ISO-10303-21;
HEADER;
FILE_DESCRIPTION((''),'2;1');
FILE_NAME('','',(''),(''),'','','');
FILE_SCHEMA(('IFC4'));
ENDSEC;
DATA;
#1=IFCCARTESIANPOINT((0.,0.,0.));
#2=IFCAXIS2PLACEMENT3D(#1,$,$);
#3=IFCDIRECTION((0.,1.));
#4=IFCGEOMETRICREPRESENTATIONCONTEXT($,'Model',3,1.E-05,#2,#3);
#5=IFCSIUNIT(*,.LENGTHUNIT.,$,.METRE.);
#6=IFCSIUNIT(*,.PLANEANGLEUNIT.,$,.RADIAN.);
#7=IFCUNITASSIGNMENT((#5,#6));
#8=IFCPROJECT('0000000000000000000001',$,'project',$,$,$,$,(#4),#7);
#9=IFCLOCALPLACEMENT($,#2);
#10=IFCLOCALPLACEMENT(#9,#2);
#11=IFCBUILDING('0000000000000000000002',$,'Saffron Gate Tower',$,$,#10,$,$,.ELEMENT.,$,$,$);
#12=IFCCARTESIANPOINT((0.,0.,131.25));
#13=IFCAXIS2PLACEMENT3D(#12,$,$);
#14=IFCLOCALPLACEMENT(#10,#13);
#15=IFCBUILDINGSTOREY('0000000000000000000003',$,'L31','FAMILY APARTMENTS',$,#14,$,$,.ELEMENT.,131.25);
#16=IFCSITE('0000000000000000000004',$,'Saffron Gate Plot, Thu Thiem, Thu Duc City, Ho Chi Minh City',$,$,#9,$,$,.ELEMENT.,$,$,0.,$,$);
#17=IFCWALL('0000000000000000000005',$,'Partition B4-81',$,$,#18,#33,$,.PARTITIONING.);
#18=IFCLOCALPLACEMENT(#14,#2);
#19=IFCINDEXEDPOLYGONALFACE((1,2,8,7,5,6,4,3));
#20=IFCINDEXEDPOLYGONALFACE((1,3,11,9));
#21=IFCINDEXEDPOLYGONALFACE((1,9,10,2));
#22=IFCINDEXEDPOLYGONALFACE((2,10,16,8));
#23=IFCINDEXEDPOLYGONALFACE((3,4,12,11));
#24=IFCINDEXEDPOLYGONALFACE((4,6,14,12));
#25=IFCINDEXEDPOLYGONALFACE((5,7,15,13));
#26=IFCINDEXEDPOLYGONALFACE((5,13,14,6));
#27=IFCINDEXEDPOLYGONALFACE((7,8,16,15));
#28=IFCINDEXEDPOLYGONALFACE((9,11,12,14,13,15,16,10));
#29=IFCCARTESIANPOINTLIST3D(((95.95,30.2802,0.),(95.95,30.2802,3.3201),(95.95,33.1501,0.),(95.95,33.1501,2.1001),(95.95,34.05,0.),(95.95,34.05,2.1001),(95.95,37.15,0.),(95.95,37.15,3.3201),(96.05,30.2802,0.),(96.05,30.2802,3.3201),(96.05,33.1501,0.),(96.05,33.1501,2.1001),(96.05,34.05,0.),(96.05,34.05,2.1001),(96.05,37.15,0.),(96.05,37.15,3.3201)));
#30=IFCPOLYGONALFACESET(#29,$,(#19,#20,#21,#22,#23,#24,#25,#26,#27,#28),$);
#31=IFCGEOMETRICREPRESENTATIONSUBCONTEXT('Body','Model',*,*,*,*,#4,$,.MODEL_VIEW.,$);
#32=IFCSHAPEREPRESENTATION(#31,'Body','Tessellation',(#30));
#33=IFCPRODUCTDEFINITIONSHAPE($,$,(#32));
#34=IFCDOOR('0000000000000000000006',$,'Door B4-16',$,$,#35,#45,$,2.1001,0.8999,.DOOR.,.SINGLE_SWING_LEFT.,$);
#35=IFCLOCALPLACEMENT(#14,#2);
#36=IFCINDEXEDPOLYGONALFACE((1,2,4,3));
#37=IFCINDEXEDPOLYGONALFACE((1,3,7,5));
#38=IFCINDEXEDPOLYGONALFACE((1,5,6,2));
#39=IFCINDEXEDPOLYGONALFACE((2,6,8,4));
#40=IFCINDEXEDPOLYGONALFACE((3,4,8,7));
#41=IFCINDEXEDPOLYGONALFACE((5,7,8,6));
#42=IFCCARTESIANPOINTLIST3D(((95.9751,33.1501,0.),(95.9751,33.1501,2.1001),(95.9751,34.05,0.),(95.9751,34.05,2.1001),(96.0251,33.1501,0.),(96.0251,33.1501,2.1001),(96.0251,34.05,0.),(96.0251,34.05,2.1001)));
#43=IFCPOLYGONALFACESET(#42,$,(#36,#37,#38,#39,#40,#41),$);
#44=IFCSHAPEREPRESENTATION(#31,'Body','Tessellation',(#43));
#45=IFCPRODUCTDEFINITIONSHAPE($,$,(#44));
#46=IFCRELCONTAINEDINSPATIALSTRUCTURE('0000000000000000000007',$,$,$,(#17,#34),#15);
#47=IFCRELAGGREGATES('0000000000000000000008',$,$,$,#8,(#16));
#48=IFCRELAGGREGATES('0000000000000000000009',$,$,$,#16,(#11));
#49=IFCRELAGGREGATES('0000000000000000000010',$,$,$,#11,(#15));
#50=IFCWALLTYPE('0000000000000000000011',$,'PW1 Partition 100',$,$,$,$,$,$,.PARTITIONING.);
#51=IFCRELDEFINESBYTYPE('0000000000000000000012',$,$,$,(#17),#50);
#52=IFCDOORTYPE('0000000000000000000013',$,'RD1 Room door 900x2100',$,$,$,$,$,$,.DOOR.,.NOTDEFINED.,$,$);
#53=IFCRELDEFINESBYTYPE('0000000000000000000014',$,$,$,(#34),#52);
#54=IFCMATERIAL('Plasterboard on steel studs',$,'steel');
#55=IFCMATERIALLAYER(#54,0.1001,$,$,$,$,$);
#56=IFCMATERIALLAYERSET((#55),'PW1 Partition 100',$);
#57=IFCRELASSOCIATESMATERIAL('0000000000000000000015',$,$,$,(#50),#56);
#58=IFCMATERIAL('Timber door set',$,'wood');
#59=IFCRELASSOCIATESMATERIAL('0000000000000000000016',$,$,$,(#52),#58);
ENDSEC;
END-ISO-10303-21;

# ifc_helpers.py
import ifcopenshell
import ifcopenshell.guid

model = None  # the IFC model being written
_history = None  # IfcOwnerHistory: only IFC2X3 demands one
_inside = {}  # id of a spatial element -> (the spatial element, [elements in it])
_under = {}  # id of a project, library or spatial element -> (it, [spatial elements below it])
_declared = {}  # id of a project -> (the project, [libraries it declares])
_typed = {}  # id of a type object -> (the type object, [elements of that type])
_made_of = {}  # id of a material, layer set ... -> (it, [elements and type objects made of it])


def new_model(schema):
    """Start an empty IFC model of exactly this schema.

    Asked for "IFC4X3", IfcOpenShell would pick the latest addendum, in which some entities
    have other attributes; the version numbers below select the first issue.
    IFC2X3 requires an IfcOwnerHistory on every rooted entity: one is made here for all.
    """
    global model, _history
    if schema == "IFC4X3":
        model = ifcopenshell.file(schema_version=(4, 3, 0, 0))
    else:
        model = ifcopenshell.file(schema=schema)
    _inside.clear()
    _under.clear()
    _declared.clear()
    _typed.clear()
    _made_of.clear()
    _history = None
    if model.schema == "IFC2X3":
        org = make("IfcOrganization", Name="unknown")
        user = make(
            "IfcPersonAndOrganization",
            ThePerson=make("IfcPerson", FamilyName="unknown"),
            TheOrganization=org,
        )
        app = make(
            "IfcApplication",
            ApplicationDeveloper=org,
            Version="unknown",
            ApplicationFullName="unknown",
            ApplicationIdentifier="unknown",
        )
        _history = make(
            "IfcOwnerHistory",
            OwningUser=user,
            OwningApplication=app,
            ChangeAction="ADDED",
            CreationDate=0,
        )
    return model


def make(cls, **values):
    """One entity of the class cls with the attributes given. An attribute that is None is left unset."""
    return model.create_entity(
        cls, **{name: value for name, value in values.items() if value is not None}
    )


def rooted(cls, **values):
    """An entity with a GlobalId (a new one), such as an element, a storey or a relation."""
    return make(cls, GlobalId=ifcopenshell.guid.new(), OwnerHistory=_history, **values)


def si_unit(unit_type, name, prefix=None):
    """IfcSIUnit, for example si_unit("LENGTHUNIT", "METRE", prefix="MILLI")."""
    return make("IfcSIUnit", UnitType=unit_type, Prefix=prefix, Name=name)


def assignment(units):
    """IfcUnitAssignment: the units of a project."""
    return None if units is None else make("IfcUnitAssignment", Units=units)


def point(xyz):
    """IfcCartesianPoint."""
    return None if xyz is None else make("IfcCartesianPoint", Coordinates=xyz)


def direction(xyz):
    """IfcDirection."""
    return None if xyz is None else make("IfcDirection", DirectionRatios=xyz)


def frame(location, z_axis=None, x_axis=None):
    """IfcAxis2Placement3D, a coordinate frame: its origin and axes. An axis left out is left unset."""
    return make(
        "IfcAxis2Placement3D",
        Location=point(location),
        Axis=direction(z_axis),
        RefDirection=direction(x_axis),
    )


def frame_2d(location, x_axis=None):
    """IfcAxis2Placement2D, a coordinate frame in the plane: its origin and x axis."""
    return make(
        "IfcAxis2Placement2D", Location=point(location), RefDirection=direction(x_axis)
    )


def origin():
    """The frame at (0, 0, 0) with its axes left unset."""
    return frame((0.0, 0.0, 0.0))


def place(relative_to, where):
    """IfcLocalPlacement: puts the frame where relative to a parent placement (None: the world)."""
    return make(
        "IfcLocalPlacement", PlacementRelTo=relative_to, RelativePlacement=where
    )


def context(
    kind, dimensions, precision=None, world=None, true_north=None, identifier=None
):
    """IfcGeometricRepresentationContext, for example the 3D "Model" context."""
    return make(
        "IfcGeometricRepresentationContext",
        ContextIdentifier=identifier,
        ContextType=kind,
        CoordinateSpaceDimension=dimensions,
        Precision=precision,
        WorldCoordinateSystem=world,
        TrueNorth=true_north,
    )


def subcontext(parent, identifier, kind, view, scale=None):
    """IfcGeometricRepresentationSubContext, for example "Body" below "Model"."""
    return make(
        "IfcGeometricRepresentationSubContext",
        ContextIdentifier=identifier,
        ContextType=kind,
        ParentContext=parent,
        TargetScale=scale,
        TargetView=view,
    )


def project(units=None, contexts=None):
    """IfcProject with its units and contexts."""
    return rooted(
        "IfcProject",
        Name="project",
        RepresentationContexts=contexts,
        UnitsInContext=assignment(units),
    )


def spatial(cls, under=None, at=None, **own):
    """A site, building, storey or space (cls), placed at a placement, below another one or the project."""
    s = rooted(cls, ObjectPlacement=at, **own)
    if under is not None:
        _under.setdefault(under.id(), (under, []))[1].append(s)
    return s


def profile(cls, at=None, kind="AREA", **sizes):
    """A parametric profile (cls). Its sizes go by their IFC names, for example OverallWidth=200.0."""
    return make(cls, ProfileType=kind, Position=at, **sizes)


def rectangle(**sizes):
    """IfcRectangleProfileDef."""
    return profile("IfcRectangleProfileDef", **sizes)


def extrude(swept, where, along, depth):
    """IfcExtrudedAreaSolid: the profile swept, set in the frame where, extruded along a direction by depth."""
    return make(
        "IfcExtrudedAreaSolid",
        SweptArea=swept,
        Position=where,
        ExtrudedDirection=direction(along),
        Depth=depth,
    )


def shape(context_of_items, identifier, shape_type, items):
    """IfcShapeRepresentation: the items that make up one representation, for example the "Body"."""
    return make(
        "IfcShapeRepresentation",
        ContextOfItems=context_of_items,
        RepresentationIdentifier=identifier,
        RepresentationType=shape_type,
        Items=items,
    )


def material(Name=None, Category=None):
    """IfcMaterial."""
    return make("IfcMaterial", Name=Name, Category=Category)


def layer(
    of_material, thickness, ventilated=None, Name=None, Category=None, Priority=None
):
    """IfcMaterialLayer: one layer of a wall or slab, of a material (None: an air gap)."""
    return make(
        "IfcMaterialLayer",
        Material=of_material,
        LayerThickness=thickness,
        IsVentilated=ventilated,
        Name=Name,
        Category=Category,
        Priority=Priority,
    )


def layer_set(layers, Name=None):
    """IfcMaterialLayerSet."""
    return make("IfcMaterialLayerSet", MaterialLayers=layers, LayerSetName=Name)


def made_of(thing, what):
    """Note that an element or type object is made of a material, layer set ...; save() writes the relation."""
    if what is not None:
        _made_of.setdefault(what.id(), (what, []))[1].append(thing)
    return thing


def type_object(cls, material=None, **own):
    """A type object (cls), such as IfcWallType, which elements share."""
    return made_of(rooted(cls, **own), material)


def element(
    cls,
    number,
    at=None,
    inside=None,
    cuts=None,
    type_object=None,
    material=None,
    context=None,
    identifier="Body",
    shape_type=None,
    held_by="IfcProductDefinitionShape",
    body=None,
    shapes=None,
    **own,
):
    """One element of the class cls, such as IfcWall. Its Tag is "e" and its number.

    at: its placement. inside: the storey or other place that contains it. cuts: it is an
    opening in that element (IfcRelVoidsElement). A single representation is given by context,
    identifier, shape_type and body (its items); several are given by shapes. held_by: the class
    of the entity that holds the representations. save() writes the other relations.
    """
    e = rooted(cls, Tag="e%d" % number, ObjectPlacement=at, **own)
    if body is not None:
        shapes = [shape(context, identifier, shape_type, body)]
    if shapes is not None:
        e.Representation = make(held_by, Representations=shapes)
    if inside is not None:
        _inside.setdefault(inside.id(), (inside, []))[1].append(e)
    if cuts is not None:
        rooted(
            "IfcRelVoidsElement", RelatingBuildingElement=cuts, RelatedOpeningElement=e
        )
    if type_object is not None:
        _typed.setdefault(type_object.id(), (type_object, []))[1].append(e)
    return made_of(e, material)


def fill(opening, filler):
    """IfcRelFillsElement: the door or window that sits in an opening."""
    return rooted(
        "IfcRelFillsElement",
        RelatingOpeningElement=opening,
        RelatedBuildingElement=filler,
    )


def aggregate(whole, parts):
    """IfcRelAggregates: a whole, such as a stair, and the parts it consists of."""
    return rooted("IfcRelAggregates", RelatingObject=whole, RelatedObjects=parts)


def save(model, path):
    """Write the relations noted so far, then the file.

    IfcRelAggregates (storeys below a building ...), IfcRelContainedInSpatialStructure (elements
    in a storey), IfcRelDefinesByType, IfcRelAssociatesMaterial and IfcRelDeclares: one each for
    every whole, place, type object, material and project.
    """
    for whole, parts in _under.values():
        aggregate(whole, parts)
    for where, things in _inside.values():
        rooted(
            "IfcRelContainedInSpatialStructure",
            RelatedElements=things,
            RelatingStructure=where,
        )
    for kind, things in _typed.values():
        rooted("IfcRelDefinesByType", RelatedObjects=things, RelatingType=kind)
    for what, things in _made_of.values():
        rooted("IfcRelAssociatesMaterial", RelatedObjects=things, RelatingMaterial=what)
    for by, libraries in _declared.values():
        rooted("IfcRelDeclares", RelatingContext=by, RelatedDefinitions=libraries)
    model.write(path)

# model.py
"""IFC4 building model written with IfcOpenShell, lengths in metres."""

from ifc_helpers import new_model, si_unit, direction, frame, frame_2d, origin, place, context, subcontext, project, spatial, rectangle, extrude, material, layer, layer_set, type_object, element, fill, save


model = new_model("IFC4")

# Units and contexts
model_context = context("Model", 3, precision=1e-05, world=origin(), true_north=direction((0.0, 1.0)))
body_context = subcontext(model_context, "Body", "Model", "MODEL_VIEW")
ifc_project = project(units=[si_unit("LENGTHUNIT", "METRE"), si_unit("PLANEANGLEUNIT", "RADIAN")], contexts=[model_context])

# Site, building, storey
site_placement = place(None, origin())
site = spatial("IfcSite", under=ifc_project, at=site_placement, Name="Saffron Gate Plot, Thu Thiem, Thu Duc City, Ho Chi Minh City", CompositionType="ELEMENT", RefElevation=0.0)
building_placement = place(site_placement, origin())
building = spatial("IfcBuilding", under=site, at=building_placement, Name="Saffron Gate Tower", CompositionType="ELEMENT")
storey_placement = place(building_placement, frame((0.0, 0.0, 131.25)))
storey = spatial("IfcBuildingStorey", under=building, at=storey_placement, Name="L31", Description="FAMILY APARTMENTS", CompositionType="ELEMENT", Elevation=131.25)

# Shared definitions
ifc_material_1 = material(Name="Plasterboard on steel studs", Category="steel")
ifc_layer = layer(ifc_material_1, 0.1001)
ifc_layer_set = layer_set([ifc_layer], Name="PW1 Partition 100")
wall_type = type_object("IfcWallType", Name="PW1 Partition 100", PredefinedType="PARTITIONING", material=ifc_layer_set)
ifc_material_2 = material(Name="Timber door set", Category="wood")
door_type = type_object("IfcDoorType", Name="RD1 Room door 900x2100", OperationType="NOTDEFINED", PredefinedType="DOOR", material=ifc_material_2)

# Wall, opening, door
wall_1_placement = place(storey_placement, frame((96.0, 30.28, 0.0), z_axis=(0.0, 0.0, 1.0), x_axis=(0.0, 1.0, 0.0)))
wall_1 = element("IfcWall", 1, at=wall_1_placement, inside=storey, type_object=wall_type, Name="Partition B4-81", PredefinedType="PARTITIONING", context=body_context, shape_type="SweptSolid", body=[
    extrude(rectangle(XDim=6.8699, YDim=0.1001, at=frame_2d((3.4351, 0.0))), origin(), (0.0, 0.0, 1.0), 3.3201),
])
opening_1_placement = place(wall_1_placement, frame((2.8701, 0.0, 0.0)))
opening_1 = element("IfcOpeningElement", 2, at=opening_1_placement, cuts=wall_1, PredefinedType="OPENING", context=body_context, shape_type="SweptSolid", body=[
    extrude(rectangle(XDim=0.8999, YDim=2.1001, at=frame_2d((0.45, 1.05))), frame((0.0, 0.0601, 0.0), z_axis=(0.0, -1.0, 0.0), x_axis=(1.0, 0.0, 0.0)), (0.0, 0.0, 1.0), 0.1201),
])
door_1_placement = place(opening_1_placement, origin())
door_1 = element("IfcDoor", 3, at=door_1_placement, inside=storey, type_object=door_type, Name="Door B4-16", OperationType="SINGLE_SWING_LEFT", OverallHeight=2.1001, OverallWidth=0.8999, PredefinedType="DOOR", context=body_context, shape_type="SweptSolid", body=[
    extrude(rectangle(XDim=0.8999, YDim=2.1001, at=frame_2d((0.45, 1.05))), frame((0.0, 0.0249, 0.0), z_axis=(0.0, -1.0, 0.0), x_axis=(1.0, 0.0, 0.0)), (0.0, 0.0, 1.0), 0.05),
])
fill(opening_1, door_1)

save(model, "model.ifc")
